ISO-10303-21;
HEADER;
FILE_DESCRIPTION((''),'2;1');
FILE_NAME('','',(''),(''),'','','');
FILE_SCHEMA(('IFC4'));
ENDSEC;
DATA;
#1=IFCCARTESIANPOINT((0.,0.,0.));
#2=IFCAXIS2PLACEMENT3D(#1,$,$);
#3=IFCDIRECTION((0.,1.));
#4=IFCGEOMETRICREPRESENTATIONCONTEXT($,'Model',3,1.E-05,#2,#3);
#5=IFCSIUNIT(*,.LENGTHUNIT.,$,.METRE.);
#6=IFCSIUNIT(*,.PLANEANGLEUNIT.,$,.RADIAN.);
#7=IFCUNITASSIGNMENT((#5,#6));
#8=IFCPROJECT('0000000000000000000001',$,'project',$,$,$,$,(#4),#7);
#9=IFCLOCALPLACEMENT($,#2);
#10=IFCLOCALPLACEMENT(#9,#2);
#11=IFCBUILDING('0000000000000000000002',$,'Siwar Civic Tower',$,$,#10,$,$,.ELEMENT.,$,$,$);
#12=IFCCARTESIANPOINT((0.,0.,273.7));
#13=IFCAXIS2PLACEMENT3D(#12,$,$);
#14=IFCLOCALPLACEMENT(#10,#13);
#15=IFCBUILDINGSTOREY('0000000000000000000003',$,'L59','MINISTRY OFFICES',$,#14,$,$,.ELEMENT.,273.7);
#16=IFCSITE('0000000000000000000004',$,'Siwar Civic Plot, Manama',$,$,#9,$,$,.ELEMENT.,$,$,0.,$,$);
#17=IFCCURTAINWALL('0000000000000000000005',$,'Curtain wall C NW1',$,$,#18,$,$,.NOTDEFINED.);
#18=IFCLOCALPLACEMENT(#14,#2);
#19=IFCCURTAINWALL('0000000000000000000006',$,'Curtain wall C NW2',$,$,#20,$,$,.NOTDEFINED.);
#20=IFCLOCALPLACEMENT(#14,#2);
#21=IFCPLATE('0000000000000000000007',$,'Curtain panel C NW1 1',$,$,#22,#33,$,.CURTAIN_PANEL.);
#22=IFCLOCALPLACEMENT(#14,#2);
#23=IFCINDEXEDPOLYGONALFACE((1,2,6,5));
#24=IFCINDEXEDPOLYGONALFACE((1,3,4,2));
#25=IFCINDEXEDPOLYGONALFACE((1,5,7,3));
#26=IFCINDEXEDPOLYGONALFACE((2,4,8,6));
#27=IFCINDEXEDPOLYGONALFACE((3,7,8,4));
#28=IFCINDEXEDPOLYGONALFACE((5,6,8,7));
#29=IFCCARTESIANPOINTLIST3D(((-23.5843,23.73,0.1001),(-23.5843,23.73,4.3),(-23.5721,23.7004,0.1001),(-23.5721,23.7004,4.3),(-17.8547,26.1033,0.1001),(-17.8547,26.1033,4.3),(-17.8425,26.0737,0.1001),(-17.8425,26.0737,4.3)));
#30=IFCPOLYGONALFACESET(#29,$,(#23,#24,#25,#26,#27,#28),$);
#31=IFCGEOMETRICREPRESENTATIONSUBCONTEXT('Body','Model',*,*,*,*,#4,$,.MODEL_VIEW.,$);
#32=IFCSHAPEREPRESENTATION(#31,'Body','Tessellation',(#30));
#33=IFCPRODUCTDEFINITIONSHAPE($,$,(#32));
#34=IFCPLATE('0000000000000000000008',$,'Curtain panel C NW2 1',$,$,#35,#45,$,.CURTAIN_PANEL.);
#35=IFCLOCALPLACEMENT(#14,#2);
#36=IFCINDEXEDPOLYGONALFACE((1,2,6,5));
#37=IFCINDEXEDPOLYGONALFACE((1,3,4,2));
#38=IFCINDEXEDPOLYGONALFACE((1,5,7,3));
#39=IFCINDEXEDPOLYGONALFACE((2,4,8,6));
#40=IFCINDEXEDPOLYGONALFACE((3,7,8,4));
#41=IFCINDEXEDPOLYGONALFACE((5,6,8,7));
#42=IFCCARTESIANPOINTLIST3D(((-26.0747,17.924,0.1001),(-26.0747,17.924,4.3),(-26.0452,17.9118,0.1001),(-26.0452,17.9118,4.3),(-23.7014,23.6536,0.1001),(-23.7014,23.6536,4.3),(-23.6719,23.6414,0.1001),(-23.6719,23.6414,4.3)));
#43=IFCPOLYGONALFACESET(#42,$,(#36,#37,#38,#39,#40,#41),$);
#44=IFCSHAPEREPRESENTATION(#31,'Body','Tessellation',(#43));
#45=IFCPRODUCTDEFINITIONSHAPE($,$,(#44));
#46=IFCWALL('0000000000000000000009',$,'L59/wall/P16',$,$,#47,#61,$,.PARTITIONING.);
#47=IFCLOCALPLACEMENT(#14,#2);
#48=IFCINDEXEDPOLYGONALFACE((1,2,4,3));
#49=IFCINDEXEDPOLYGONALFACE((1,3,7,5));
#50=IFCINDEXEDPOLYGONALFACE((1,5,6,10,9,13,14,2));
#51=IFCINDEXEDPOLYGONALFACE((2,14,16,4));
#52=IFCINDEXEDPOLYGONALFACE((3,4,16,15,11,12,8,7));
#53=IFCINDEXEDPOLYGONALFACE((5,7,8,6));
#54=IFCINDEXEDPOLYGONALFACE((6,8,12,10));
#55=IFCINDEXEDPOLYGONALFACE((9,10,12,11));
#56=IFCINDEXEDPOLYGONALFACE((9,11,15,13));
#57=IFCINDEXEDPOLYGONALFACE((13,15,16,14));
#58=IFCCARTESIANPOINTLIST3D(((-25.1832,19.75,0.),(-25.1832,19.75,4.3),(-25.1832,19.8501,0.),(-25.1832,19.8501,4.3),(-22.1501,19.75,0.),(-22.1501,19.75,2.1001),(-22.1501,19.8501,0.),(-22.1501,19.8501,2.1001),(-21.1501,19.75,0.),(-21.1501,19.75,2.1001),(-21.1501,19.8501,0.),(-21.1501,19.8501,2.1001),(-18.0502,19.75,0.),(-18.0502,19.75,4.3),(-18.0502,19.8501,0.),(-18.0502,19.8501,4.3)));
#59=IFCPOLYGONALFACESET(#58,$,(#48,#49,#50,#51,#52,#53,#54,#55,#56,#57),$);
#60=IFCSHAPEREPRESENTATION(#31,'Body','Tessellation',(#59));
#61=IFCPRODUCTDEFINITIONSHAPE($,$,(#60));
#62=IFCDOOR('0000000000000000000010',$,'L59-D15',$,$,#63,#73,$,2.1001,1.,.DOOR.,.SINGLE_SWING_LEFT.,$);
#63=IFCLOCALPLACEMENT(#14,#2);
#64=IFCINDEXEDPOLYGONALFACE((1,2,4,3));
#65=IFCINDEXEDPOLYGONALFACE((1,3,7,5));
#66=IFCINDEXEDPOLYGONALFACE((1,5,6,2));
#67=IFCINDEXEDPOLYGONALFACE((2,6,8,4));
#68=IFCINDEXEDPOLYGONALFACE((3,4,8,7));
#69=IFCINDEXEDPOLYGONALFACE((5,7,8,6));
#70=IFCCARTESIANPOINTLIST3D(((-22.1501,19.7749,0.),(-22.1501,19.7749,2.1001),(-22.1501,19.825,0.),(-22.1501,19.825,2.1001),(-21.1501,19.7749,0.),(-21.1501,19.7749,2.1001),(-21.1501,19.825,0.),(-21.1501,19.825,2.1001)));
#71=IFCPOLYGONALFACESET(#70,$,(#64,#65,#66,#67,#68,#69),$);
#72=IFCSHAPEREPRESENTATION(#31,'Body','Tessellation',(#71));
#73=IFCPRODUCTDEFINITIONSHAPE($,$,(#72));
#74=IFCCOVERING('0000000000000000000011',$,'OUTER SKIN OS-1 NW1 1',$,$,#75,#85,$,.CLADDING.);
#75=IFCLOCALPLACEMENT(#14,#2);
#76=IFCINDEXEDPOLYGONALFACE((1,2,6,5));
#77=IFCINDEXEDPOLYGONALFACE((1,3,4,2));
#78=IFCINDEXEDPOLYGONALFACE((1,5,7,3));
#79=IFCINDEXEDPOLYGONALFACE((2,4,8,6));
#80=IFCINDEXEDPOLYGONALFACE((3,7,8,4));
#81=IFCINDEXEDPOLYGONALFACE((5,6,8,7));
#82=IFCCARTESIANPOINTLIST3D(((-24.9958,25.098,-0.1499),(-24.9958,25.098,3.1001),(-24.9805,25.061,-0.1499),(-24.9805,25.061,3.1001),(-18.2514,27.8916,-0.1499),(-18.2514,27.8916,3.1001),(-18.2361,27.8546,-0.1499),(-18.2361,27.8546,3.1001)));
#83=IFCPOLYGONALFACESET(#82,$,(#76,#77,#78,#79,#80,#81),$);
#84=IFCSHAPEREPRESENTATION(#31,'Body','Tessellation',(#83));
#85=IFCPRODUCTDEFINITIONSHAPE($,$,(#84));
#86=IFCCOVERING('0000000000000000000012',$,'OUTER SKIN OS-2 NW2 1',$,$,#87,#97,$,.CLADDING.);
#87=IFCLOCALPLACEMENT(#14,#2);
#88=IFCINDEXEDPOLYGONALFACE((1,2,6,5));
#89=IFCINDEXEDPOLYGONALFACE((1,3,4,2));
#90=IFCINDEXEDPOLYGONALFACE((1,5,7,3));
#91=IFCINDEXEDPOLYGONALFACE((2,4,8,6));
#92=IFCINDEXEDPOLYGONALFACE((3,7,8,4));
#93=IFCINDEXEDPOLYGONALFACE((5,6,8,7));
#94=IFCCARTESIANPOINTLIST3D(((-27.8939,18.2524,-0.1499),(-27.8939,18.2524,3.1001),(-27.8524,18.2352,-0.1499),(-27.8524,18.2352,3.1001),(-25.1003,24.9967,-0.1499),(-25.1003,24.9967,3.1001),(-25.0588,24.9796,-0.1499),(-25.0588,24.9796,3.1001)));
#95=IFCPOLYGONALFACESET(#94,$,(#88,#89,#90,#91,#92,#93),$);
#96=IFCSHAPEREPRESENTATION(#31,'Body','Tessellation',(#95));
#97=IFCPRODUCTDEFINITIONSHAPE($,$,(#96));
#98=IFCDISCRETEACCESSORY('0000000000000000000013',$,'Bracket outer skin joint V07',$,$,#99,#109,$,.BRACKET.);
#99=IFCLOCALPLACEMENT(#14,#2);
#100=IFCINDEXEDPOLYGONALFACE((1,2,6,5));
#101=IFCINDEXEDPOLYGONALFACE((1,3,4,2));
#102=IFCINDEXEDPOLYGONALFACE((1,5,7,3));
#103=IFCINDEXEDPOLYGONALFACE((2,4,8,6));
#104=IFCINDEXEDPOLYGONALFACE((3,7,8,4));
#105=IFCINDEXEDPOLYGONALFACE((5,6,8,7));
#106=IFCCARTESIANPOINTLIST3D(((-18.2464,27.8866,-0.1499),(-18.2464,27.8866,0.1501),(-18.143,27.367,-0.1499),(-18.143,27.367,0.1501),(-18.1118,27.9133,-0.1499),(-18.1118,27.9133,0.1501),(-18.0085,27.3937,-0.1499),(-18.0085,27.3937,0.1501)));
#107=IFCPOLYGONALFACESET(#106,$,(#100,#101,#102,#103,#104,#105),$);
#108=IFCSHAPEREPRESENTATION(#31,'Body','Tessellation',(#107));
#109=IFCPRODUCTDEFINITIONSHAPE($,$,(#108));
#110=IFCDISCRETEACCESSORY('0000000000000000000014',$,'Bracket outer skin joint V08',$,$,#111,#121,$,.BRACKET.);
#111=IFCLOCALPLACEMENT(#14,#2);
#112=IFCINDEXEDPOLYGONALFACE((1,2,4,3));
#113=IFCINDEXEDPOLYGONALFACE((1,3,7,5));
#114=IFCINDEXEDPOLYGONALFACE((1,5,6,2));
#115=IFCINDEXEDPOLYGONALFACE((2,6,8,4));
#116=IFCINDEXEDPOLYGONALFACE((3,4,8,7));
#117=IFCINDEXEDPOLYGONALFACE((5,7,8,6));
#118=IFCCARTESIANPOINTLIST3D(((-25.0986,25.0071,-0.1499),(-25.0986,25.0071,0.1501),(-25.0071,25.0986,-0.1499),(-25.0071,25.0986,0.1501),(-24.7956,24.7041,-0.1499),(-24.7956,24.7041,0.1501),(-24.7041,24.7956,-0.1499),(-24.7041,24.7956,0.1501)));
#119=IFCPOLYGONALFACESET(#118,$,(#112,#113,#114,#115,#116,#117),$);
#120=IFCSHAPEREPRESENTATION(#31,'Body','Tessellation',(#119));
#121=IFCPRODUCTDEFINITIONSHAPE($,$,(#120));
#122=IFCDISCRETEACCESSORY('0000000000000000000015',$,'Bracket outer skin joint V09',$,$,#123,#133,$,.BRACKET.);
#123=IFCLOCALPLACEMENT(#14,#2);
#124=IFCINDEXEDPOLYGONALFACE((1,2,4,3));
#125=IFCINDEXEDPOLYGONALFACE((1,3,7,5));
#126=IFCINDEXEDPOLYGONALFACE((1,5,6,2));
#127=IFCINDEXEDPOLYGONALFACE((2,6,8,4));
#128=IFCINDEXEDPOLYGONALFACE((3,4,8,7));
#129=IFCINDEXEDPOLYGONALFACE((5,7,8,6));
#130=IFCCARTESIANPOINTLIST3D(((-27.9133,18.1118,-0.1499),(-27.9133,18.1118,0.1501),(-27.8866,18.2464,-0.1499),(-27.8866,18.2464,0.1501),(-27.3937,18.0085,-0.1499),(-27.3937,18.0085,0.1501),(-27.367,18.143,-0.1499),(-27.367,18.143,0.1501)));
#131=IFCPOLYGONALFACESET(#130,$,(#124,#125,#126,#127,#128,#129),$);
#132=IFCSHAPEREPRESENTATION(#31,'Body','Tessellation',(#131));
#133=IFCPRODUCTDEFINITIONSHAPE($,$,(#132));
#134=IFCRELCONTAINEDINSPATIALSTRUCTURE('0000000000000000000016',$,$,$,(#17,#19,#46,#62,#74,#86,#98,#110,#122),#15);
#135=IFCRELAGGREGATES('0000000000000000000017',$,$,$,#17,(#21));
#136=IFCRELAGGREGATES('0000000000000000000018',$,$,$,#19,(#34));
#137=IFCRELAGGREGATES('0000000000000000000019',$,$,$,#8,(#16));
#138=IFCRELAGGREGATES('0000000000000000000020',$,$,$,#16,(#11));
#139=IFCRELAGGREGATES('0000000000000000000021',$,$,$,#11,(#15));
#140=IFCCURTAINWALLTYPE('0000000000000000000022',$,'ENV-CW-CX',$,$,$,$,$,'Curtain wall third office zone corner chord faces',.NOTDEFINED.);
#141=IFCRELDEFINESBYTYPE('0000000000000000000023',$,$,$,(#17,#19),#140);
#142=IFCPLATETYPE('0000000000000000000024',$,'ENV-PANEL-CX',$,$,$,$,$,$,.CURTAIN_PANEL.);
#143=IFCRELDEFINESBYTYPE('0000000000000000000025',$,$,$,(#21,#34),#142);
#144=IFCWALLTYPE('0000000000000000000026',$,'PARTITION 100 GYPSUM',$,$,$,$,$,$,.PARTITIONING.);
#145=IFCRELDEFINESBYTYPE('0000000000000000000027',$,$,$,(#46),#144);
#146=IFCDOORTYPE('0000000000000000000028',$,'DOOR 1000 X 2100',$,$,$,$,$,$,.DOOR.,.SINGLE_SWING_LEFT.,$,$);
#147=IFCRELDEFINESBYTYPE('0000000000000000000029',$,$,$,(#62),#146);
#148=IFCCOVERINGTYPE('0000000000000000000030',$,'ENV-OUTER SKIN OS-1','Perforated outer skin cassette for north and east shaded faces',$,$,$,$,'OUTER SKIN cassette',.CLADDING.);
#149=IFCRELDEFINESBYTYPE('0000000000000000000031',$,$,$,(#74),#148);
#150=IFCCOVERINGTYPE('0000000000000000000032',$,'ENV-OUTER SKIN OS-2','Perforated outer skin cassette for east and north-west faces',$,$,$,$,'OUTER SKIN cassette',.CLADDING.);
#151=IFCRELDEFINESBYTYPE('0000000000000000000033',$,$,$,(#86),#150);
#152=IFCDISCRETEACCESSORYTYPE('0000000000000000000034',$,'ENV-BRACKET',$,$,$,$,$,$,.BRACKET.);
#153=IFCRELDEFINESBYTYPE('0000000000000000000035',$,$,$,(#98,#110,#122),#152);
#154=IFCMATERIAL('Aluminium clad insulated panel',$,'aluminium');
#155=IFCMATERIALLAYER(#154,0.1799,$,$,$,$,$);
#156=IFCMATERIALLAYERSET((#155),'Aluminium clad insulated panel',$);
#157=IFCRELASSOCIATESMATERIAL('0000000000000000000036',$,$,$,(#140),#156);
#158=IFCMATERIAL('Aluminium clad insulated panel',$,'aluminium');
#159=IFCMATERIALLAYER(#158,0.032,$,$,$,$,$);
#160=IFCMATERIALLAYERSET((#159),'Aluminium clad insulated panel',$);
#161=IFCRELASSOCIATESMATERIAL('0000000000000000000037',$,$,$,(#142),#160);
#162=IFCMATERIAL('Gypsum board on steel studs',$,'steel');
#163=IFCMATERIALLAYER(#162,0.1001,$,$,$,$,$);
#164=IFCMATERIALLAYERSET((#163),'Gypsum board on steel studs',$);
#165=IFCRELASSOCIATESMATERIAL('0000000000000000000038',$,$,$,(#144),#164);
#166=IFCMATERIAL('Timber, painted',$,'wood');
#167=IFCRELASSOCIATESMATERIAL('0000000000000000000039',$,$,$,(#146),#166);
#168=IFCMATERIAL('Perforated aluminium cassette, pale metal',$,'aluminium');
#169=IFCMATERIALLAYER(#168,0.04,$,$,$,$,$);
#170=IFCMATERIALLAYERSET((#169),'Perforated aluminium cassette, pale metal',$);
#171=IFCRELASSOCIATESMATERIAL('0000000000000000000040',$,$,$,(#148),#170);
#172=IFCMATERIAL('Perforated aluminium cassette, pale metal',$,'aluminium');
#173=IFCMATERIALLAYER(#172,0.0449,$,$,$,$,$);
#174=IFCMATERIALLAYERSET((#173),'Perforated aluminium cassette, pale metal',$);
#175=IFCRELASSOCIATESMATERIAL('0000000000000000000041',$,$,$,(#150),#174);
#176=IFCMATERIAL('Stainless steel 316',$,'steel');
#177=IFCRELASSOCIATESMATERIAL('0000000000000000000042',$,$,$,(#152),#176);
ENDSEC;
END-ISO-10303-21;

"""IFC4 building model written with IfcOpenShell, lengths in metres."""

from ifc_helpers import new_model, si_unit, direction, frame, frame_2d, origin, origin_2d, place, context, subcontext, project, spatial, rectangle, extrude, material, layer, layer_set, type_object, element, fill, aggregate, save


model = new_model("IFC4")

# Units and contexts
model_context = context("Model", 3, precision=1e-05, world=origin(), true_north=direction((0.0, 1.0)))
body_context = subcontext(model_context, "Body", "Model", "MODEL_VIEW")
ifc_project = project(units=[si_unit("LENGTHUNIT", "METRE"), si_unit("PLANEANGLEUNIT", "RADIAN")], contexts=[model_context])

# Site, building, storey
site_placement = place(None, origin())
site = spatial("IfcSite", under=ifc_project, at=site_placement, Name="Siwar Civic Plot, Manama", CompositionType="ELEMENT", RefElevation=0.0)
building_placement = place(site_placement, origin())
building = spatial("IfcBuilding", under=site, at=building_placement, Name="Siwar Civic Tower", CompositionType="ELEMENT")
storey_placement = place(building_placement, frame((0.0, 0.0, 273.7)))
storey = spatial("IfcBuildingStorey", under=building, at=storey_placement, Name="L59", Description="MINISTRY OFFICES", CompositionType="ELEMENT", Elevation=273.7)

# Curtain walls
ifc_material_1 = material(Name="Aluminium clad insulated panel", Category="aluminium")
ifc_layer_1 = layer(ifc_material_1, 0.1799)
ifc_layer_set_1 = layer_set([ifc_layer_1], Name="Aluminium clad insulated panel")
curtain_wall_type = type_object("IfcCurtainWallType", Name="ENV-CW-CX", ElementType="Curtain wall third office zone corner chord faces", PredefinedType="NOTDEFINED", material=ifc_layer_set_1)
curtain_wall_1_placement = place(storey_placement, origin())
curtain_wall_1 = element("IfcCurtainWall", 1, at=curtain_wall_1_placement, inside=storey, type_object=curtain_wall_type, Name="Curtain wall C NW1", PredefinedType="NOTDEFINED")
curtain_wall_2_placement = place(storey_placement, origin())
curtain_wall_2 = element("IfcCurtainWall", 2, at=curtain_wall_2_placement, inside=storey, type_object=curtain_wall_type, Name="Curtain wall C NW2", PredefinedType="NOTDEFINED")

# Plates
ifc_material_2 = material(Name="Aluminium clad insulated panel", Category="aluminium")
ifc_layer_2 = layer(ifc_material_2, 0.032)
ifc_layer_set_2 = layer_set([ifc_layer_2], Name="Aluminium clad insulated panel")
plate_type = type_object("IfcPlateType", Name="ENV-PANEL-CX", PredefinedType="CURTAIN_PANEL", material=ifc_layer_set_2)
plate_1_placement = place(storey_placement, frame((-20.7134, 24.9019, 0.1001), z_axis=(0.0, 0.0, 1.0), x_axis=(-0.92388, -0.382683, 0.0)))
plate_1 = element("IfcPlate", 3, at=plate_1_placement, type_object=plate_type, Name="Curtain panel C NW1 1", PredefinedType="CURTAIN_PANEL", context=body_context, shape_type="SweptSolid", body=[
    extrude(rectangle(XDim=6.2017, YDim=0.032, at=origin_2d()), origin(), (0.0, 0.0, 1.0), 4.2),
])
aggregate(curtain_wall_1, [plate_1])
plate_2_placement = place(storey_placement, frame((-24.8733, 20.7827, 0.1001), z_axis=(0.0, 0.0, 1.0), x_axis=(-0.382683, -0.92388, 0.0)))
plate_2 = element("IfcPlate", 4, at=plate_2_placement, type_object=plate_type, Name="Curtain panel C NW2 1", PredefinedType="CURTAIN_PANEL", context=body_context, shape_type="SweptSolid", body=[
    extrude(rectangle(XDim=6.2017, YDim=0.032, at=origin_2d()), origin(), (0.0, 0.0, 1.0), 4.2),
])
aggregate(curtain_wall_2, [plate_2])

# Wall, opening, door
ifc_material_3 = material(Name="Gypsum board on steel studs", Category="steel")
ifc_layer_3 = layer(ifc_material_3, 0.1001)
ifc_layer_set_3 = layer_set([ifc_layer_3], Name="Gypsum board on steel studs")
wall_type = type_object("IfcWallType", Name="PARTITION 100 GYPSUM", PredefinedType="PARTITIONING", material=ifc_layer_set_3)
wall_placement = place(storey_placement, frame((-25.1831, 19.8, 0.0), z_axis=(0.0, 0.0, 1.0), x_axis=(1.0, 0.0, 0.0)))
wall = element("IfcWall", 5, at=wall_placement, inside=storey, type_object=wall_type, Name="L59/wall/P16", PredefinedType="PARTITIONING", context=body_context, shape_type="SweptSolid", body=[
    extrude(rectangle(XDim=7.1331, YDim=0.1001, at=frame_2d((3.5664, 0.0))), origin(), (0.0, 0.0, 1.0), 4.3),
])
opening_placement = place(wall_placement, frame((3.033, 0.0, 0.0)))
opening = element("IfcOpeningElement", 6, at=opening_placement, cuts=wall, PredefinedType="OPENING", context=body_context, shape_type="SweptSolid", body=[
    extrude(rectangle(XDim=1.0, YDim=2.1001, at=frame_2d((0.5, 1.05))), frame((0.0, 0.0601, 0.0), z_axis=(0.0, -1.0, 0.0), x_axis=(1.0, 0.0, 0.0)), (0.0, 0.0, 1.0), 0.1201),
])
ifc_material_4 = material(Name="Timber, painted", Category="wood")
door_type = type_object("IfcDoorType", Name="DOOR 1000 X 2100", OperationType="SINGLE_SWING_LEFT", PredefinedType="DOOR", material=ifc_material_4)
door_placement = place(opening_placement, origin())
door = element("IfcDoor", 7, at=door_placement, inside=storey, type_object=door_type, Name="L59-D15", OperationType="SINGLE_SWING_LEFT", OverallHeight=2.1001, OverallWidth=1.0, PredefinedType="DOOR", context=body_context, shape_type="SweptSolid", body=[
    extrude(rectangle(XDim=1.0, YDim=2.1001, at=frame_2d((0.5, 1.05))), frame((0.0, 0.0249, 0.0), z_axis=(0.0, -1.0, 0.0), x_axis=(1.0, 0.0, 0.0)), (0.0, 0.0, 1.0), 0.05),
])
fill(opening, door)

# Coverings
ifc_material_5 = material(Name="Perforated aluminium cassette, pale metal", Category="aluminium")
ifc_layer_4 = layer(ifc_material_5, 0.04)
ifc_layer_set_4 = layer_set([ifc_layer_4], Name="Perforated aluminium cassette, pale metal")
covering_type_1 = type_object("IfcCoveringType", Name="ENV-OUTER SKIN OS-1", Description="Perforated outer skin cassette for north and east shaded faces", ElementType="OUTER SKIN cassette", PredefinedType="CLADDING", material=ifc_layer_set_4)
covering_1_placement = place(storey_placement, frame((-21.616, 26.4763, -0.1499), z_axis=(0.0, 0.0, 1.0), x_axis=(-0.92388, -0.382683, 0.0)))
element("IfcCovering", 8, at=covering_1_placement, inside=storey, type_object=covering_type_1, Name="OUTER SKIN OS-1 NW1 1", PredefinedType="CLADDING", context=body_context, shape_type="SweptSolid", body=[
    extrude(rectangle(XDim=7.3, YDim=0.04, at=origin_2d()), origin(), (0.0, 0.0, 1.0), 3.25),
])
ifc_material_6 = material(Name="Perforated aluminium cassette, pale metal", Category="aluminium")
ifc_layer_5 = layer(ifc_material_6, 0.0449)
ifc_layer_set_5 = layer_set([ifc_layer_5], Name="Perforated aluminium cassette, pale metal")
covering_type_2 = type_object("IfcCoveringType", Name="ENV-OUTER SKIN OS-2", Description="Perforated outer skin cassette for east and north-west faces", ElementType="OUTER SKIN cassette", PredefinedType="CLADDING", material=ifc_layer_set_5)
covering_2_placement = place(storey_placement, frame((-26.4763, 21.616, -0.1499), z_axis=(0.0, 0.0, 1.0), x_axis=(-0.382683, -0.92388, 0.0)))
element("IfcCovering", 9, at=covering_2_placement, inside=storey, type_object=covering_type_2, Name="OUTER SKIN OS-2 NW2 1", PredefinedType="CLADDING", context=body_context, shape_type="SweptSolid", body=[
    extrude(rectangle(XDim=7.3, YDim=0.0449, at=origin_2d()), origin(), (0.0, 0.0, 1.0), 3.25),
])

# Discrete accessories
ifc_material_7 = material(Name="Stainless steel 316", Category="steel")
discrete_accessory_type = type_object("IfcDiscreteAccessoryType", Name="ENV-BRACKET", PredefinedType="BRACKET", material=ifc_material_7)
discrete_accessory_1_placement = place(storey_placement, frame((-18.1274, 27.6401, -0.1499), z_axis=(0.0, 0.0, 1.0), x_axis=(-0.19509, 0.980785, 0.0)))
element("IfcDiscreteAccessory", 10, at=discrete_accessory_1_placement, inside=storey, type_object=discrete_accessory_type, Name="Bracket outer skin joint V07", PredefinedType="BRACKET", context=body_context, shape_type="SweptSolid", body=[
    extrude(rectangle(XDim=0.5298, YDim=0.1372, at=origin_2d()), origin(), (0.0, 0.0, 1.0), 0.3),
])
discrete_accessory_2_placement = place(storey_placement, frame((-24.9014, 24.9014, -0.1499), z_axis=(0.0, 0.0, 1.0), x_axis=(-0.707107, 0.707107, 0.0)))
element("IfcDiscreteAccessory", 11, at=discrete_accessory_2_placement, inside=storey, type_object=discrete_accessory_type, Name="Bracket outer skin joint V08", PredefinedType="BRACKET", context=body_context, shape_type="SweptSolid", body=[
    extrude(rectangle(XDim=0.4285, YDim=0.1294, at=origin_2d()), origin(), (0.0, 0.0, 1.0), 0.3),
])
discrete_accessory_3_placement = place(storey_placement, frame((-27.6401, 18.1274, -0.1499), z_axis=(0.0, 0.0, 1.0), x_axis=(-0.980785, 0.19509, 0.0)))
element("IfcDiscreteAccessory", 12, at=discrete_accessory_3_placement, inside=storey, type_object=discrete_accessory_type, Name="Bracket outer skin joint V09", PredefinedType="BRACKET", context=body_context, shape_type="SweptSolid", body=[
    extrude(rectangle(XDim=0.5298, YDim=0.1372, at=origin_2d()), origin(), (0.0, 0.0, 1.0), 0.3),
])

save(model, "model.ifc")
